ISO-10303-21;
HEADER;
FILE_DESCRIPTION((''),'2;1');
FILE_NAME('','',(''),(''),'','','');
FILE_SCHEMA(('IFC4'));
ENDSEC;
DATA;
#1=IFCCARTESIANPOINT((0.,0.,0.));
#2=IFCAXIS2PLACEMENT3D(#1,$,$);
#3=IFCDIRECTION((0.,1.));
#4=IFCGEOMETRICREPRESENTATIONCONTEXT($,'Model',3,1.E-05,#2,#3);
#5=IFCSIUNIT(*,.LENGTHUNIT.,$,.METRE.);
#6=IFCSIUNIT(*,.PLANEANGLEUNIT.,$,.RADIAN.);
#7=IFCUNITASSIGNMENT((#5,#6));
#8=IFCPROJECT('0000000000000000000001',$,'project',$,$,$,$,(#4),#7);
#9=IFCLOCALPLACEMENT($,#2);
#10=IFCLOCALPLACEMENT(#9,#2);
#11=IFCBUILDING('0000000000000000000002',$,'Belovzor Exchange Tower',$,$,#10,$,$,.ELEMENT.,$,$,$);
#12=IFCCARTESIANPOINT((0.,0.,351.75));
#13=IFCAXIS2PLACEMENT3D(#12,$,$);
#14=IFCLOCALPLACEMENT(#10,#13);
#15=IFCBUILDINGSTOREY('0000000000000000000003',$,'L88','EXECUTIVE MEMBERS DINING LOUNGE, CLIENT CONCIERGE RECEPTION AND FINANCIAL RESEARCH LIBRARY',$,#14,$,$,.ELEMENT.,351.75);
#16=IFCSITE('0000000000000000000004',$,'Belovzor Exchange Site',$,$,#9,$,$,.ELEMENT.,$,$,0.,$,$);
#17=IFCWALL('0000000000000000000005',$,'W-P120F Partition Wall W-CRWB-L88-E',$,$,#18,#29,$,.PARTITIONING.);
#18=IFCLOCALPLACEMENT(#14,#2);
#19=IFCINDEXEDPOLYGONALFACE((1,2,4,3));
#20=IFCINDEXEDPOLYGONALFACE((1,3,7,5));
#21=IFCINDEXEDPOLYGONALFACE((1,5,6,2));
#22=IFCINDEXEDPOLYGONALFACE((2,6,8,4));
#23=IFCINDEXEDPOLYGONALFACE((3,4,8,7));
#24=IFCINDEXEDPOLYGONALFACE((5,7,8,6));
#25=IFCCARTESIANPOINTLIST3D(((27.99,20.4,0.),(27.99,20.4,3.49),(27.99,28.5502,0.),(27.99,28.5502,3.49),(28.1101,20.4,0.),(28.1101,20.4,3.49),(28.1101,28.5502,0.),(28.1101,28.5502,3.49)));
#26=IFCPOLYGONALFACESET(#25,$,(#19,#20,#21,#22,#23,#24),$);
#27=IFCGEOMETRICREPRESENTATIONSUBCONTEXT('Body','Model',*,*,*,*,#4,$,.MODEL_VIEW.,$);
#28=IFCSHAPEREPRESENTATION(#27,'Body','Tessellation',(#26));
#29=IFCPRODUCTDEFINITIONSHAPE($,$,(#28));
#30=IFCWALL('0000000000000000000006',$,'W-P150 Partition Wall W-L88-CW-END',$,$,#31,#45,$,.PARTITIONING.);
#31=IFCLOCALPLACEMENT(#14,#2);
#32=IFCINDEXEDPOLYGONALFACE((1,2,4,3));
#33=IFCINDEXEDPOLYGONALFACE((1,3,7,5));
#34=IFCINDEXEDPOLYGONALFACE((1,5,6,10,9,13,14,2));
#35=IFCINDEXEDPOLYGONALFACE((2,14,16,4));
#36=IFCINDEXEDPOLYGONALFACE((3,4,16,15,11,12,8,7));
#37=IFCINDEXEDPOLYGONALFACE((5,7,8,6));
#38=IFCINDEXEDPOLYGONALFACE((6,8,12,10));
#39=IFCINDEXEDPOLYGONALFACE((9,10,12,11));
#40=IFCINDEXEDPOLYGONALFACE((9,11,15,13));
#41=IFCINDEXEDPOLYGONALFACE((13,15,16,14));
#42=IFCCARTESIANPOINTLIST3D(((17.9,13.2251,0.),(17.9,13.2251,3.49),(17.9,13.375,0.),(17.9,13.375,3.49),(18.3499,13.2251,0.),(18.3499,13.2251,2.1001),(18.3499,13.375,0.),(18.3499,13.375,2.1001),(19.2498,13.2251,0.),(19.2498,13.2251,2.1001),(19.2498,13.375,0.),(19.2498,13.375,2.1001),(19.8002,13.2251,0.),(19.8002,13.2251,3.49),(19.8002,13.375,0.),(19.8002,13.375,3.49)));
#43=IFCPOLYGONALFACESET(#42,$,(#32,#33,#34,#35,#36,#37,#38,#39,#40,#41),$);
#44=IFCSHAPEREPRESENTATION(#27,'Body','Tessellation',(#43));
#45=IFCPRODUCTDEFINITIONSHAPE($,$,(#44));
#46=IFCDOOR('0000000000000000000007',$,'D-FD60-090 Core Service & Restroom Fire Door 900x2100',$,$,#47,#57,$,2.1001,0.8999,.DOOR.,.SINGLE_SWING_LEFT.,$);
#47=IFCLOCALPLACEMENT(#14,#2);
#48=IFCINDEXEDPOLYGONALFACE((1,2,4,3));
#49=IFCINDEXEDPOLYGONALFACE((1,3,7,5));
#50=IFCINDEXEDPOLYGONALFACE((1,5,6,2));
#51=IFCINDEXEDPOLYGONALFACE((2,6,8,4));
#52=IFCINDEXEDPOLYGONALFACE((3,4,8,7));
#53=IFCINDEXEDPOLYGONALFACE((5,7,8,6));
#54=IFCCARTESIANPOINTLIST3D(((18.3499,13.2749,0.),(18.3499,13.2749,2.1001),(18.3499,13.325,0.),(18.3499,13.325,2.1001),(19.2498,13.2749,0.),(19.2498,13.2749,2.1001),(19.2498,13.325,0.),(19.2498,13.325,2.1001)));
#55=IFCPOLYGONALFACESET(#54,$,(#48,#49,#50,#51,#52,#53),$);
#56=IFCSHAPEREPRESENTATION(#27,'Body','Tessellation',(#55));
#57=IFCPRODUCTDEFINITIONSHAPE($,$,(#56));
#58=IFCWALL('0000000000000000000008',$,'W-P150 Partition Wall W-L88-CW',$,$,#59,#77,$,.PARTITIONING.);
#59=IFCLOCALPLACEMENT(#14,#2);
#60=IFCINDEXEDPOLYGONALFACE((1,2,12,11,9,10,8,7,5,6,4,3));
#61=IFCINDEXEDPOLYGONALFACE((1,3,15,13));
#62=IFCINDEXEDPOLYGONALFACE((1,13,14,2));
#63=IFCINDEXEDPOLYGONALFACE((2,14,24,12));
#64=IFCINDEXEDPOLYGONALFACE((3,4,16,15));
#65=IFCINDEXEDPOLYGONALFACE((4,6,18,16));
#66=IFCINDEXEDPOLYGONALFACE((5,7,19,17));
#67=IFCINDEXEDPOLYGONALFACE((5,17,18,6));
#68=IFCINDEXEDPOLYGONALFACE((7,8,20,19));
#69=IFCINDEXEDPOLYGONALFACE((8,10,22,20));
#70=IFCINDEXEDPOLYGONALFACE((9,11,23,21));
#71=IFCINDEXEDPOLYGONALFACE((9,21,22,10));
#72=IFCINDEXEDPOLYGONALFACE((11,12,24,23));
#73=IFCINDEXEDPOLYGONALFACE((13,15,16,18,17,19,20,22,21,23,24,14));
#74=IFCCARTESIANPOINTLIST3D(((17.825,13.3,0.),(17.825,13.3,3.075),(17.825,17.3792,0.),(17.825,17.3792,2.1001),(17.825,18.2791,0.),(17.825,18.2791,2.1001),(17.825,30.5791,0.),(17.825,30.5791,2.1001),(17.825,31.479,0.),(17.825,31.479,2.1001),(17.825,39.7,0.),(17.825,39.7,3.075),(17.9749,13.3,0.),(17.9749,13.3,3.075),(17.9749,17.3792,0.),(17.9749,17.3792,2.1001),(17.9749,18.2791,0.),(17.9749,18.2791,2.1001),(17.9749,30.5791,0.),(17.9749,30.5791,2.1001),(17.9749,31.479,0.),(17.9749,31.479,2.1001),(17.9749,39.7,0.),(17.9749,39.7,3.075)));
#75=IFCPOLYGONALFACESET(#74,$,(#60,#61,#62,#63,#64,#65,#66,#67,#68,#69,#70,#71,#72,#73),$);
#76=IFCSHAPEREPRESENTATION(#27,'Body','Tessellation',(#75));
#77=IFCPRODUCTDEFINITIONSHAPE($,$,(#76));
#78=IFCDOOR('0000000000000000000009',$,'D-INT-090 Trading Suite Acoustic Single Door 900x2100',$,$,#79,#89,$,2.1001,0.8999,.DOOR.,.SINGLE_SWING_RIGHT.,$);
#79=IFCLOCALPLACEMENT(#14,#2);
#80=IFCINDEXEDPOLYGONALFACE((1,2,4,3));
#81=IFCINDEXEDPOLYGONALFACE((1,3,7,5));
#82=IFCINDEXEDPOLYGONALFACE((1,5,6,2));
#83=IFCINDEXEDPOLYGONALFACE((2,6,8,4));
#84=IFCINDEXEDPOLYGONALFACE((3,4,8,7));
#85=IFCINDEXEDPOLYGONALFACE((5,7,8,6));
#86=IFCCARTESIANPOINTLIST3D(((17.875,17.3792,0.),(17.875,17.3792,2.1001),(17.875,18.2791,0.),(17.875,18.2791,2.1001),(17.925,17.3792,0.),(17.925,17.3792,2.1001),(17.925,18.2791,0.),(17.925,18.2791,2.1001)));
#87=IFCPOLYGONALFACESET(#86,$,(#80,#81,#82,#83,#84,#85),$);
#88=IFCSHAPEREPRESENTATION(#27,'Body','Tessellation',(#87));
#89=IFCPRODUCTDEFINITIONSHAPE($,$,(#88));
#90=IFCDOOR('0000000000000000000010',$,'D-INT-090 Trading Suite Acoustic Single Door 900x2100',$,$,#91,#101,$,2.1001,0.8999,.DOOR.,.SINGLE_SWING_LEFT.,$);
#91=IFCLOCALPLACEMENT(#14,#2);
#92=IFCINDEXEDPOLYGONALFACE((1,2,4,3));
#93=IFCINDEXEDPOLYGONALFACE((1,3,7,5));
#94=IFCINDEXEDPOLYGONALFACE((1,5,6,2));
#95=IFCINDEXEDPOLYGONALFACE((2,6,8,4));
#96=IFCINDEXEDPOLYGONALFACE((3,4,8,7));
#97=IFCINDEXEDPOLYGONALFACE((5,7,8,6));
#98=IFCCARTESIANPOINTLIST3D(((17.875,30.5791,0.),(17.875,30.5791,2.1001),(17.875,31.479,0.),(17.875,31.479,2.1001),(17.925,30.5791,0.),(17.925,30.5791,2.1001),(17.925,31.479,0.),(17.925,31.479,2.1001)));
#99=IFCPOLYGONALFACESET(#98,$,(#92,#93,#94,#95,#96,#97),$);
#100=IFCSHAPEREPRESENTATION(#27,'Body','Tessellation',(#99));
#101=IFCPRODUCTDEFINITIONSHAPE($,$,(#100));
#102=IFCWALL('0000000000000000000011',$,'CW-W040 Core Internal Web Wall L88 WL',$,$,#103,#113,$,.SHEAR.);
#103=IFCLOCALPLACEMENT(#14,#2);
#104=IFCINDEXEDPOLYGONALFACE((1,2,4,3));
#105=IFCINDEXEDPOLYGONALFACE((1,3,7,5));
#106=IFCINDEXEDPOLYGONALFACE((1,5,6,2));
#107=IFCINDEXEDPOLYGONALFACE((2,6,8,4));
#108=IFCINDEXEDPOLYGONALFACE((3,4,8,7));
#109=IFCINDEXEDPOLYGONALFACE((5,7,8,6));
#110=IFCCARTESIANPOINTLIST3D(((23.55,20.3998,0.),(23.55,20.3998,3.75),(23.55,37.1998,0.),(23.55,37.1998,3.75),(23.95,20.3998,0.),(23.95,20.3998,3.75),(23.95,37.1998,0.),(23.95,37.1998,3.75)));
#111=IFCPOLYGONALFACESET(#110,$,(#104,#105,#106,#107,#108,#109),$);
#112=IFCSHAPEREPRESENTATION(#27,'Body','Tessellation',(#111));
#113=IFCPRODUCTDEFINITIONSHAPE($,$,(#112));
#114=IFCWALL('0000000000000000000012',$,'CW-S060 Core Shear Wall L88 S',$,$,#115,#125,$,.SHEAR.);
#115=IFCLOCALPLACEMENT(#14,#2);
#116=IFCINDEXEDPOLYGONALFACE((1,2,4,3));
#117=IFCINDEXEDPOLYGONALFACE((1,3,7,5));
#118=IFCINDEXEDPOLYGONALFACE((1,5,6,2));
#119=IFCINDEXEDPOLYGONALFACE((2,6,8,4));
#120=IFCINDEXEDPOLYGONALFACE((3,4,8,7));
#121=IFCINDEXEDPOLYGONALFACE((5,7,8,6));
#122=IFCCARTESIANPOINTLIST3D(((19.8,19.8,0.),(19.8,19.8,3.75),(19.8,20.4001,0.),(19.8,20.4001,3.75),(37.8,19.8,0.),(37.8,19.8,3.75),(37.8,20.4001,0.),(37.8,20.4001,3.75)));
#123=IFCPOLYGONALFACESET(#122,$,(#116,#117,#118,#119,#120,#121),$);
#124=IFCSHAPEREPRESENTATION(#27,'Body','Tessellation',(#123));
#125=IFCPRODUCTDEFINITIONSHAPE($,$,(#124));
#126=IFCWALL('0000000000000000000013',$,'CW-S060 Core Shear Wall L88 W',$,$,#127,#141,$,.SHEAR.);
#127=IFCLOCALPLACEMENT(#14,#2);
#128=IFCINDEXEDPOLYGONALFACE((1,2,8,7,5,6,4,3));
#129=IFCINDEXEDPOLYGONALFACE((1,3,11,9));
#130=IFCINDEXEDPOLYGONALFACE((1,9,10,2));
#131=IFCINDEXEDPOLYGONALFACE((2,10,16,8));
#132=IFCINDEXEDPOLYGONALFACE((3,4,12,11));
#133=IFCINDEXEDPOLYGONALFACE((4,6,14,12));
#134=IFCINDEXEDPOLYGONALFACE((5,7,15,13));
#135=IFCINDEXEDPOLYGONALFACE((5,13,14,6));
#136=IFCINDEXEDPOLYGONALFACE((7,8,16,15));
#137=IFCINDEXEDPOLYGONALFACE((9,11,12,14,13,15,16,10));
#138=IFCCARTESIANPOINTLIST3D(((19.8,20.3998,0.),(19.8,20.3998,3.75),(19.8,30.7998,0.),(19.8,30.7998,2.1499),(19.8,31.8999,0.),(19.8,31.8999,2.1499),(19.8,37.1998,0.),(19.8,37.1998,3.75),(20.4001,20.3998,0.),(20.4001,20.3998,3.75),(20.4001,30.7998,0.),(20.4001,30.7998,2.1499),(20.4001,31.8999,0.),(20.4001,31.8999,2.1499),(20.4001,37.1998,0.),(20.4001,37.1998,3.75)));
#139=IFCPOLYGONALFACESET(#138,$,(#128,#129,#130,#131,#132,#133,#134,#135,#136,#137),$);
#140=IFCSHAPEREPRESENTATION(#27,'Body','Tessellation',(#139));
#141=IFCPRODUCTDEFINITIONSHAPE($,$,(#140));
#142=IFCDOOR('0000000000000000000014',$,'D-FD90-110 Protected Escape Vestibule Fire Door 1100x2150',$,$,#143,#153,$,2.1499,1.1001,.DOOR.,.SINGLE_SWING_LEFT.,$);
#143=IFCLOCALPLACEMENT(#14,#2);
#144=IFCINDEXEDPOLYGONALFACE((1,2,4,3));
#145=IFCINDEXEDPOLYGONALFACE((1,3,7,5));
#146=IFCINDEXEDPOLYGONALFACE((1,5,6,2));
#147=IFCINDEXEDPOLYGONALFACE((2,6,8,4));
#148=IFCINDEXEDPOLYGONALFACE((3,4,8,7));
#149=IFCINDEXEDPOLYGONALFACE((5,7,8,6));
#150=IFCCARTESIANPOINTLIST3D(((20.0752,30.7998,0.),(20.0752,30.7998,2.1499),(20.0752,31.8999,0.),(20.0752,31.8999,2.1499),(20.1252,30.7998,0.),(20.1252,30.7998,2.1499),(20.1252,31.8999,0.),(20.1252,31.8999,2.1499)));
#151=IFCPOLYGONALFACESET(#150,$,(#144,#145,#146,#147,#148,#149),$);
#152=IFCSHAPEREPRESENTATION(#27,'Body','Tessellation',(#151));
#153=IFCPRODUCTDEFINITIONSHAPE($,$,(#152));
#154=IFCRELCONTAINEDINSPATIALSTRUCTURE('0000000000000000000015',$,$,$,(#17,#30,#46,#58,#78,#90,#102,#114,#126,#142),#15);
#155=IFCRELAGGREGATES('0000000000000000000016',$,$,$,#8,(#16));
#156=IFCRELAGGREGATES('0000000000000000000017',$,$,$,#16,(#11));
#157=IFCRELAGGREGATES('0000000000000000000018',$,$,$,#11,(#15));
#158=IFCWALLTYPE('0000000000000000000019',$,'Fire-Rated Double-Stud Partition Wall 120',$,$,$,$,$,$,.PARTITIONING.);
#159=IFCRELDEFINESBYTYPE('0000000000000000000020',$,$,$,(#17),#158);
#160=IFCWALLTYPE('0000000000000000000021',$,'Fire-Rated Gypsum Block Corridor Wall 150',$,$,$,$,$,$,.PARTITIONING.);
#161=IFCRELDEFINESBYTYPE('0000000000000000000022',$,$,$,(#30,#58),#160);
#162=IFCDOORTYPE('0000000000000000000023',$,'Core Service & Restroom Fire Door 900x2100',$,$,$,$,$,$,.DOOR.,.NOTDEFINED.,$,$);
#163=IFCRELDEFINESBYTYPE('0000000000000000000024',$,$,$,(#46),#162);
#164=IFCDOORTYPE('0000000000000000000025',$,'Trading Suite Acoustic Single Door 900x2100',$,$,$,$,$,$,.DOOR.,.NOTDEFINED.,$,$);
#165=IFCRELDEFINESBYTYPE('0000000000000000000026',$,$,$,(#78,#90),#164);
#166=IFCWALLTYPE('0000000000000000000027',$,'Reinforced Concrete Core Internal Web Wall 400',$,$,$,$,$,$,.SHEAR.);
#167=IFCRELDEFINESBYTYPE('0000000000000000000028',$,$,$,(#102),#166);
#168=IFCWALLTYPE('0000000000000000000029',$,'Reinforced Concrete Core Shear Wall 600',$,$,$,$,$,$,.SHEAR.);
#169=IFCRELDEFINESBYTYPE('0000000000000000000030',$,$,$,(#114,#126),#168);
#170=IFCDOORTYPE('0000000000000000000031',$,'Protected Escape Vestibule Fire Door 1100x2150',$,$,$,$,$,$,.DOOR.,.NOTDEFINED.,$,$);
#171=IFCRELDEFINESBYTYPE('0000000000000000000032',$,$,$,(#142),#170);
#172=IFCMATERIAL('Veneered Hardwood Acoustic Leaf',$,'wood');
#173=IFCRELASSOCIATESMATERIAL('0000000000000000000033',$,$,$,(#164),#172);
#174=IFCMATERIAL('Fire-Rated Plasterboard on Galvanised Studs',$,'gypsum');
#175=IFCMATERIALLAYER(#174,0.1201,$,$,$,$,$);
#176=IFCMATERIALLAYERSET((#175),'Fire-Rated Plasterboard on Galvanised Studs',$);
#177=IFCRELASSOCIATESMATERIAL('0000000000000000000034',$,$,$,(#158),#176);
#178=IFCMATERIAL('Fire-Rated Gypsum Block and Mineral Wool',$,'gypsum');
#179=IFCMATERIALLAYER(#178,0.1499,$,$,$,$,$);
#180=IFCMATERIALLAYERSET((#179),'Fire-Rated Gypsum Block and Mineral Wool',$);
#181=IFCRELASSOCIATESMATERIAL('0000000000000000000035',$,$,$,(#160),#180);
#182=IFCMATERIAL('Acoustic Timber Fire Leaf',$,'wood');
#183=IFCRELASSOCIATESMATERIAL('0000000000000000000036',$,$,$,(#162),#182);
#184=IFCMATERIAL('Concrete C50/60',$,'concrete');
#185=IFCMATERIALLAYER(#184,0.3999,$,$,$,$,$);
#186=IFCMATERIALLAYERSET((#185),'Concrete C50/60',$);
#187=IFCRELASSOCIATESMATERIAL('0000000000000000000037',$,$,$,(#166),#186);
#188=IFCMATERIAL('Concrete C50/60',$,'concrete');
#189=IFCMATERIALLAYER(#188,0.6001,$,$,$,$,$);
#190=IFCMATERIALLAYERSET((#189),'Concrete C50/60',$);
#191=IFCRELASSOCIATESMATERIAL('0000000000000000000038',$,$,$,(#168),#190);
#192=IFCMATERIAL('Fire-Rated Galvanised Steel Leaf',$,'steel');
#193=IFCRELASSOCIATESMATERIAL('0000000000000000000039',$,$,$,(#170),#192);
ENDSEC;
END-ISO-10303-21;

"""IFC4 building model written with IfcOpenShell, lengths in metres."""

from ifc_helpers import new_model, si_unit, direction, frame, frame_2d, origin, place, context, subcontext, project, spatial, rectangle, extrude, material, layer, layer_set, type_object, element, fill, save


model = new_model("IFC4")

# Units and contexts
model_context = context("Model", 3, precision=1e-05, world=origin(), true_north=direction((0.0, 1.0)))
body_context = subcontext(model_context, "Body", "Model", "MODEL_VIEW")
ifc_project = project(units=[si_unit("LENGTHUNIT", "METRE"), si_unit("PLANEANGLEUNIT", "RADIAN")], contexts=[model_context])

# Site, building, storey
site_placement = place(None, origin())
site = spatial("IfcSite", under=ifc_project, at=site_placement, Name="Belovzor Exchange Site", CompositionType="ELEMENT", RefElevation=0.0)
building_placement = place(site_placement, origin())
building = spatial("IfcBuilding", under=site, at=building_placement, Name="Belovzor Exchange Tower", CompositionType="ELEMENT")
storey_placement = place(building_placement, frame((0.0, 0.0, 351.75)))
storey = spatial("IfcBuildingStorey", under=building, at=storey_placement, Name="L88", Description="EXECUTIVE MEMBERS DINING LOUNGE, CLIENT CONCIERGE RECEPTION AND FINANCIAL RESEARCH LIBRARY", CompositionType="ELEMENT", Elevation=351.75)

# Shared definitions
ifc_material_1 = material(Name="Veneered Hardwood Acoustic Leaf", Category="wood")
door_type_1 = type_object("IfcDoorType", Name="Trading Suite Acoustic Single Door 900x2100", OperationType="NOTDEFINED", PredefinedType="DOOR", material=ifc_material_1)

# Wall
ifc_material_2 = material(Name="Fire-Rated Plasterboard on Galvanised Studs", Category="gypsum")
ifc_layer_1 = layer(ifc_material_2, 0.1201)
ifc_layer_set_1 = layer_set([ifc_layer_1], Name="Fire-Rated Plasterboard on Galvanised Studs")
wall_type_1 = type_object("IfcWallType", Name="Fire-Rated Double-Stud Partition Wall 120", PredefinedType="PARTITIONING", material=ifc_layer_set_1)
wall_1_placement = place(storey_placement, frame((28.05, 20.3999, 0.0), z_axis=(0.0, 0.0, 1.0), x_axis=(0.0, 1.0, 0.0)))
element("IfcWall", 1, at=wall_1_placement, inside=storey, type_object=wall_type_1, Name="W-P120F Partition Wall W-CRWB-L88-E", PredefinedType="PARTITIONING", context=body_context, shape_type="SweptSolid", body=[
    extrude(rectangle(XDim=8.1501, YDim=0.1201, at=frame_2d((4.0752, 0.0))), origin(), (0.0, 0.0, 1.0), 3.49),
])

# Wall, opening, door
ifc_material_3 = material(Name="Fire-Rated Gypsum Block and Mineral Wool", Category="gypsum")
ifc_layer_2 = layer(ifc_material_3, 0.1499)
ifc_layer_set_2 = layer_set([ifc_layer_2], Name="Fire-Rated Gypsum Block and Mineral Wool")
wall_type_2 = type_object("IfcWallType", Name="Fire-Rated Gypsum Block Corridor Wall 150", PredefinedType="PARTITIONING", material=ifc_layer_set_2)
wall_2_placement = place(storey_placement, frame((17.8999, 13.3, 0.0), z_axis=(0.0, 0.0, 1.0), x_axis=(1.0, 0.0, 0.0)))
wall_2 = element("IfcWall", 2, at=wall_2_placement, inside=storey, type_object=wall_type_2, Name="W-P150 Partition Wall W-L88-CW-END", PredefinedType="PARTITIONING", context=body_context, shape_type="SweptSolid", body=[
    extrude(rectangle(XDim=1.9001, YDim=0.1499, at=frame_2d((0.9502, 0.0))), origin(), (0.0, 0.0, 1.0), 3.49),
])
opening_1_placement = place(wall_2_placement, frame((0.45, 0.0, 0.0)))
opening_1 = element("IfcOpeningElement", 3, at=opening_1_placement, cuts=wall_2, PredefinedType="OPENING", context=body_context, shape_type="SweptSolid", body=[
    extrude(rectangle(XDim=0.8999, YDim=2.1001, at=frame_2d((0.45, 1.05))), frame((0.0, 0.085, 0.0), z_axis=(0.0, -1.0, 0.0), x_axis=(1.0, 0.0, 0.0)), (0.0, 0.0, 1.0), 0.1699),
])
ifc_material_4 = material(Name="Acoustic Timber Fire Leaf", Category="wood")
door_type_2 = type_object("IfcDoorType", Name="Core Service & Restroom Fire Door 900x2100", OperationType="NOTDEFINED", PredefinedType="DOOR", material=ifc_material_4)
door_1_placement = place(opening_1_placement, origin())
door_1 = element("IfcDoor", 4, at=door_1_placement, inside=storey, type_object=door_type_2, Name="D-FD60-090 Core Service & Restroom Fire Door 900x2100", OperationType="SINGLE_SWING_LEFT", OverallHeight=2.1001, OverallWidth=0.8999, PredefinedType="DOOR", context=body_context, shape_type="SweptSolid", body=[
    extrude(rectangle(XDim=0.8999, YDim=2.1001, at=frame_2d((0.45, 1.05))), frame((0.0, 0.0249, 0.0), z_axis=(0.0, -1.0, 0.0), x_axis=(1.0, 0.0, 0.0)), (0.0, 0.0, 1.0), 0.05),
])
fill(opening_1, door_1)

# Wall, openings, doors
wall_3_placement = place(storey_placement, frame((17.8999, 13.3, 0.0), z_axis=(0.0, 0.0, 1.0), x_axis=(0.0, 1.0, 0.0)))
wall_3 = element("IfcWall", 5, at=wall_3_placement, inside=storey, type_object=wall_type_2, Name="W-P150 Partition Wall W-L88-CW", PredefinedType="PARTITIONING", context=body_context, shape_type="SweptSolid", body=[
    extrude(rectangle(XDim=26.3999, YDim=0.1499, at=frame_2d((13.2, 0.0))), origin(), (0.0, 0.0, 1.0), 3.075),
])
opening_2_placement = place(wall_3_placement, frame((4.0791, 0.0, 0.0)))
opening_2 = element("IfcOpeningElement", 6, at=opening_2_placement, cuts=wall_3, PredefinedType="OPENING", context=body_context, shape_type="SweptSolid", body=[
    extrude(rectangle(XDim=0.8999, YDim=2.1001, at=frame_2d((0.45, 1.05))), frame((0.0, 0.085, 0.0), z_axis=(0.0, -1.0, 0.0), x_axis=(1.0, 0.0, 0.0)), (0.0, 0.0, 1.0), 0.1699),
])
opening_3_placement = place(wall_3_placement, frame((17.2791, 0.0, 0.0)))
opening_3 = element("IfcOpeningElement", 7, at=opening_3_placement, cuts=wall_3, PredefinedType="OPENING", context=body_context, shape_type="SweptSolid", body=[
    extrude(rectangle(XDim=0.8999, YDim=2.1001, at=frame_2d((0.45, 1.05))), frame((0.0, 0.085, 0.0), z_axis=(0.0, -1.0, 0.0), x_axis=(1.0, 0.0, 0.0)), (0.0, 0.0, 1.0), 0.1699),
])
door_2_placement = place(opening_2_placement, origin())
door_2 = element("IfcDoor", 8, at=door_2_placement, inside=storey, type_object=door_type_1, Name="D-INT-090 Trading Suite Acoustic Single Door 900x2100", OperationType="SINGLE_SWING_RIGHT", OverallHeight=2.1001, OverallWidth=0.8999, PredefinedType="DOOR", context=body_context, shape_type="SweptSolid", body=[
    extrude(rectangle(XDim=0.8999, YDim=2.1001, at=frame_2d((0.45, 1.05))), frame((0.0, 0.0249, 0.0), z_axis=(0.0, -1.0, 0.0), x_axis=(1.0, 0.0, 0.0)), (0.0, 0.0, 1.0), 0.05),
])
fill(opening_2, door_2)
door_3_placement = place(opening_3_placement, origin())
door_3 = element("IfcDoor", 9, at=door_3_placement, inside=storey, type_object=door_type_1, Name="D-INT-090 Trading Suite Acoustic Single Door 900x2100", OperationType="SINGLE_SWING_LEFT", OverallHeight=2.1001, OverallWidth=0.8999, PredefinedType="DOOR", context=body_context, shape_type="SweptSolid", body=[
    extrude(rectangle(XDim=0.8999, YDim=2.1001, at=frame_2d((0.45, 1.05))), frame((0.0, 0.0249, 0.0), z_axis=(0.0, -1.0, 0.0), x_axis=(1.0, 0.0, 0.0)), (0.0, 0.0, 1.0), 0.05),
])
fill(opening_3, door_3)

# Walls
ifc_material_5 = material(Name="Concrete C50/60", Category="concrete")
ifc_layer_3 = layer(ifc_material_5, 0.3999)
ifc_layer_set_3 = layer_set([ifc_layer_3], Name="Concrete C50/60")
wall_type_3 = type_object("IfcWallType", Name="Reinforced Concrete Core Internal Web Wall 400", PredefinedType="SHEAR", material=ifc_layer_set_3)
wall_4_placement = place(storey_placement, frame((23.75, 20.3999, 0.0), z_axis=(0.0, 0.0, 1.0), x_axis=(0.0, 1.0, 0.0)))
element("IfcWall", 10, at=wall_4_placement, inside=storey, type_object=wall_type_3, Name="CW-W040 Core Internal Web Wall L88 WL", PredefinedType="SHEAR", context=body_context, shape_type="SweptSolid", body=[
    extrude(rectangle(XDim=16.8, YDim=0.3999, at=frame_2d((8.3999, 0.0))), origin(), (0.0, 0.0, 1.0), 3.75),
])
ifc_material_6 = material(Name="Concrete C50/60", Category="concrete")
ifc_layer_4 = layer(ifc_material_6, 0.6001)
ifc_layer_set_4 = layer_set([ifc_layer_4], Name="Concrete C50/60")
wall_type_4 = type_object("IfcWallType", Name="Reinforced Concrete Core Shear Wall 600", PredefinedType="SHEAR", material=ifc_layer_set_4)
wall_5_placement = place(storey_placement, frame((19.8, 20.1001, 0.0), z_axis=(0.0, 0.0, 1.0), x_axis=(1.0, 0.0, 0.0)))
element("IfcWall", 11, at=wall_5_placement, inside=storey, type_object=wall_type_4, Name="CW-S060 Core Shear Wall L88 S", PredefinedType="SHEAR", context=body_context, shape_type="SweptSolid", body=[
    extrude(rectangle(XDim=18.0, YDim=0.6001, at=frame_2d((9.0, 0.0))), origin(), (0.0, 0.0, 1.0), 3.75),
])

# Wall, opening, door
wall_6_placement = place(storey_placement, frame((20.1001, 20.3999, 0.0), z_axis=(0.0, 0.0, 1.0), x_axis=(0.0, 1.0, 0.0)))
wall_6 = element("IfcWall", 12, at=wall_6_placement, inside=storey, type_object=wall_type_4, Name="CW-S060 Core Shear Wall L88 W", PredefinedType="SHEAR", context=body_context, shape_type="SweptSolid", body=[
    extrude(rectangle(XDim=16.8, YDim=0.6001, at=frame_2d((8.3999, 0.0))), origin(), (0.0, 0.0, 1.0), 3.75),
])
opening_4_placement = place(wall_6_placement, frame((10.3999, 0.0, 0.0)))
opening_4 = element("IfcOpeningElement", 13, at=opening_4_placement, cuts=wall_6, PredefinedType="OPENING", context=body_context, shape_type="SweptSolid", body=[
    extrude(rectangle(XDim=1.1001, YDim=2.1499, at=frame_2d((0.55, 1.075))), frame((0.0, 0.3101, 0.0), z_axis=(0.0, -1.0, 0.0), x_axis=(1.0, 0.0, 0.0)), (0.0, 0.0, 1.0), 0.6201),
])
ifc_material_7 = material(Name="Fire-Rated Galvanised Steel Leaf", Category="steel")
door_type_3 = type_object("IfcDoorType", Name="Protected Escape Vestibule Fire Door 1100x2150", OperationType="NOTDEFINED", PredefinedType="DOOR", material=ifc_material_7)
door_4_placement = place(opening_4_placement, origin())
door_4 = element("IfcDoor", 14, at=door_4_placement, inside=storey, type_object=door_type_3, Name="D-FD90-110 Protected Escape Vestibule Fire Door 1100x2150", OperationType="SINGLE_SWING_LEFT", OverallHeight=2.1499, OverallWidth=1.1001, PredefinedType="DOOR", context=body_context, shape_type="SweptSolid", body=[
    extrude(rectangle(XDim=1.1001, YDim=2.1499, at=frame_2d((0.55, 1.075))), frame((0.0, 0.0249, 0.0), z_axis=(0.0, -1.0, 0.0), x_axis=(1.0, 0.0, 0.0)), (0.0, 0.0, 1.0), 0.05),
])
fill(opening_4, door_4)

save(model, "model.ifc")
